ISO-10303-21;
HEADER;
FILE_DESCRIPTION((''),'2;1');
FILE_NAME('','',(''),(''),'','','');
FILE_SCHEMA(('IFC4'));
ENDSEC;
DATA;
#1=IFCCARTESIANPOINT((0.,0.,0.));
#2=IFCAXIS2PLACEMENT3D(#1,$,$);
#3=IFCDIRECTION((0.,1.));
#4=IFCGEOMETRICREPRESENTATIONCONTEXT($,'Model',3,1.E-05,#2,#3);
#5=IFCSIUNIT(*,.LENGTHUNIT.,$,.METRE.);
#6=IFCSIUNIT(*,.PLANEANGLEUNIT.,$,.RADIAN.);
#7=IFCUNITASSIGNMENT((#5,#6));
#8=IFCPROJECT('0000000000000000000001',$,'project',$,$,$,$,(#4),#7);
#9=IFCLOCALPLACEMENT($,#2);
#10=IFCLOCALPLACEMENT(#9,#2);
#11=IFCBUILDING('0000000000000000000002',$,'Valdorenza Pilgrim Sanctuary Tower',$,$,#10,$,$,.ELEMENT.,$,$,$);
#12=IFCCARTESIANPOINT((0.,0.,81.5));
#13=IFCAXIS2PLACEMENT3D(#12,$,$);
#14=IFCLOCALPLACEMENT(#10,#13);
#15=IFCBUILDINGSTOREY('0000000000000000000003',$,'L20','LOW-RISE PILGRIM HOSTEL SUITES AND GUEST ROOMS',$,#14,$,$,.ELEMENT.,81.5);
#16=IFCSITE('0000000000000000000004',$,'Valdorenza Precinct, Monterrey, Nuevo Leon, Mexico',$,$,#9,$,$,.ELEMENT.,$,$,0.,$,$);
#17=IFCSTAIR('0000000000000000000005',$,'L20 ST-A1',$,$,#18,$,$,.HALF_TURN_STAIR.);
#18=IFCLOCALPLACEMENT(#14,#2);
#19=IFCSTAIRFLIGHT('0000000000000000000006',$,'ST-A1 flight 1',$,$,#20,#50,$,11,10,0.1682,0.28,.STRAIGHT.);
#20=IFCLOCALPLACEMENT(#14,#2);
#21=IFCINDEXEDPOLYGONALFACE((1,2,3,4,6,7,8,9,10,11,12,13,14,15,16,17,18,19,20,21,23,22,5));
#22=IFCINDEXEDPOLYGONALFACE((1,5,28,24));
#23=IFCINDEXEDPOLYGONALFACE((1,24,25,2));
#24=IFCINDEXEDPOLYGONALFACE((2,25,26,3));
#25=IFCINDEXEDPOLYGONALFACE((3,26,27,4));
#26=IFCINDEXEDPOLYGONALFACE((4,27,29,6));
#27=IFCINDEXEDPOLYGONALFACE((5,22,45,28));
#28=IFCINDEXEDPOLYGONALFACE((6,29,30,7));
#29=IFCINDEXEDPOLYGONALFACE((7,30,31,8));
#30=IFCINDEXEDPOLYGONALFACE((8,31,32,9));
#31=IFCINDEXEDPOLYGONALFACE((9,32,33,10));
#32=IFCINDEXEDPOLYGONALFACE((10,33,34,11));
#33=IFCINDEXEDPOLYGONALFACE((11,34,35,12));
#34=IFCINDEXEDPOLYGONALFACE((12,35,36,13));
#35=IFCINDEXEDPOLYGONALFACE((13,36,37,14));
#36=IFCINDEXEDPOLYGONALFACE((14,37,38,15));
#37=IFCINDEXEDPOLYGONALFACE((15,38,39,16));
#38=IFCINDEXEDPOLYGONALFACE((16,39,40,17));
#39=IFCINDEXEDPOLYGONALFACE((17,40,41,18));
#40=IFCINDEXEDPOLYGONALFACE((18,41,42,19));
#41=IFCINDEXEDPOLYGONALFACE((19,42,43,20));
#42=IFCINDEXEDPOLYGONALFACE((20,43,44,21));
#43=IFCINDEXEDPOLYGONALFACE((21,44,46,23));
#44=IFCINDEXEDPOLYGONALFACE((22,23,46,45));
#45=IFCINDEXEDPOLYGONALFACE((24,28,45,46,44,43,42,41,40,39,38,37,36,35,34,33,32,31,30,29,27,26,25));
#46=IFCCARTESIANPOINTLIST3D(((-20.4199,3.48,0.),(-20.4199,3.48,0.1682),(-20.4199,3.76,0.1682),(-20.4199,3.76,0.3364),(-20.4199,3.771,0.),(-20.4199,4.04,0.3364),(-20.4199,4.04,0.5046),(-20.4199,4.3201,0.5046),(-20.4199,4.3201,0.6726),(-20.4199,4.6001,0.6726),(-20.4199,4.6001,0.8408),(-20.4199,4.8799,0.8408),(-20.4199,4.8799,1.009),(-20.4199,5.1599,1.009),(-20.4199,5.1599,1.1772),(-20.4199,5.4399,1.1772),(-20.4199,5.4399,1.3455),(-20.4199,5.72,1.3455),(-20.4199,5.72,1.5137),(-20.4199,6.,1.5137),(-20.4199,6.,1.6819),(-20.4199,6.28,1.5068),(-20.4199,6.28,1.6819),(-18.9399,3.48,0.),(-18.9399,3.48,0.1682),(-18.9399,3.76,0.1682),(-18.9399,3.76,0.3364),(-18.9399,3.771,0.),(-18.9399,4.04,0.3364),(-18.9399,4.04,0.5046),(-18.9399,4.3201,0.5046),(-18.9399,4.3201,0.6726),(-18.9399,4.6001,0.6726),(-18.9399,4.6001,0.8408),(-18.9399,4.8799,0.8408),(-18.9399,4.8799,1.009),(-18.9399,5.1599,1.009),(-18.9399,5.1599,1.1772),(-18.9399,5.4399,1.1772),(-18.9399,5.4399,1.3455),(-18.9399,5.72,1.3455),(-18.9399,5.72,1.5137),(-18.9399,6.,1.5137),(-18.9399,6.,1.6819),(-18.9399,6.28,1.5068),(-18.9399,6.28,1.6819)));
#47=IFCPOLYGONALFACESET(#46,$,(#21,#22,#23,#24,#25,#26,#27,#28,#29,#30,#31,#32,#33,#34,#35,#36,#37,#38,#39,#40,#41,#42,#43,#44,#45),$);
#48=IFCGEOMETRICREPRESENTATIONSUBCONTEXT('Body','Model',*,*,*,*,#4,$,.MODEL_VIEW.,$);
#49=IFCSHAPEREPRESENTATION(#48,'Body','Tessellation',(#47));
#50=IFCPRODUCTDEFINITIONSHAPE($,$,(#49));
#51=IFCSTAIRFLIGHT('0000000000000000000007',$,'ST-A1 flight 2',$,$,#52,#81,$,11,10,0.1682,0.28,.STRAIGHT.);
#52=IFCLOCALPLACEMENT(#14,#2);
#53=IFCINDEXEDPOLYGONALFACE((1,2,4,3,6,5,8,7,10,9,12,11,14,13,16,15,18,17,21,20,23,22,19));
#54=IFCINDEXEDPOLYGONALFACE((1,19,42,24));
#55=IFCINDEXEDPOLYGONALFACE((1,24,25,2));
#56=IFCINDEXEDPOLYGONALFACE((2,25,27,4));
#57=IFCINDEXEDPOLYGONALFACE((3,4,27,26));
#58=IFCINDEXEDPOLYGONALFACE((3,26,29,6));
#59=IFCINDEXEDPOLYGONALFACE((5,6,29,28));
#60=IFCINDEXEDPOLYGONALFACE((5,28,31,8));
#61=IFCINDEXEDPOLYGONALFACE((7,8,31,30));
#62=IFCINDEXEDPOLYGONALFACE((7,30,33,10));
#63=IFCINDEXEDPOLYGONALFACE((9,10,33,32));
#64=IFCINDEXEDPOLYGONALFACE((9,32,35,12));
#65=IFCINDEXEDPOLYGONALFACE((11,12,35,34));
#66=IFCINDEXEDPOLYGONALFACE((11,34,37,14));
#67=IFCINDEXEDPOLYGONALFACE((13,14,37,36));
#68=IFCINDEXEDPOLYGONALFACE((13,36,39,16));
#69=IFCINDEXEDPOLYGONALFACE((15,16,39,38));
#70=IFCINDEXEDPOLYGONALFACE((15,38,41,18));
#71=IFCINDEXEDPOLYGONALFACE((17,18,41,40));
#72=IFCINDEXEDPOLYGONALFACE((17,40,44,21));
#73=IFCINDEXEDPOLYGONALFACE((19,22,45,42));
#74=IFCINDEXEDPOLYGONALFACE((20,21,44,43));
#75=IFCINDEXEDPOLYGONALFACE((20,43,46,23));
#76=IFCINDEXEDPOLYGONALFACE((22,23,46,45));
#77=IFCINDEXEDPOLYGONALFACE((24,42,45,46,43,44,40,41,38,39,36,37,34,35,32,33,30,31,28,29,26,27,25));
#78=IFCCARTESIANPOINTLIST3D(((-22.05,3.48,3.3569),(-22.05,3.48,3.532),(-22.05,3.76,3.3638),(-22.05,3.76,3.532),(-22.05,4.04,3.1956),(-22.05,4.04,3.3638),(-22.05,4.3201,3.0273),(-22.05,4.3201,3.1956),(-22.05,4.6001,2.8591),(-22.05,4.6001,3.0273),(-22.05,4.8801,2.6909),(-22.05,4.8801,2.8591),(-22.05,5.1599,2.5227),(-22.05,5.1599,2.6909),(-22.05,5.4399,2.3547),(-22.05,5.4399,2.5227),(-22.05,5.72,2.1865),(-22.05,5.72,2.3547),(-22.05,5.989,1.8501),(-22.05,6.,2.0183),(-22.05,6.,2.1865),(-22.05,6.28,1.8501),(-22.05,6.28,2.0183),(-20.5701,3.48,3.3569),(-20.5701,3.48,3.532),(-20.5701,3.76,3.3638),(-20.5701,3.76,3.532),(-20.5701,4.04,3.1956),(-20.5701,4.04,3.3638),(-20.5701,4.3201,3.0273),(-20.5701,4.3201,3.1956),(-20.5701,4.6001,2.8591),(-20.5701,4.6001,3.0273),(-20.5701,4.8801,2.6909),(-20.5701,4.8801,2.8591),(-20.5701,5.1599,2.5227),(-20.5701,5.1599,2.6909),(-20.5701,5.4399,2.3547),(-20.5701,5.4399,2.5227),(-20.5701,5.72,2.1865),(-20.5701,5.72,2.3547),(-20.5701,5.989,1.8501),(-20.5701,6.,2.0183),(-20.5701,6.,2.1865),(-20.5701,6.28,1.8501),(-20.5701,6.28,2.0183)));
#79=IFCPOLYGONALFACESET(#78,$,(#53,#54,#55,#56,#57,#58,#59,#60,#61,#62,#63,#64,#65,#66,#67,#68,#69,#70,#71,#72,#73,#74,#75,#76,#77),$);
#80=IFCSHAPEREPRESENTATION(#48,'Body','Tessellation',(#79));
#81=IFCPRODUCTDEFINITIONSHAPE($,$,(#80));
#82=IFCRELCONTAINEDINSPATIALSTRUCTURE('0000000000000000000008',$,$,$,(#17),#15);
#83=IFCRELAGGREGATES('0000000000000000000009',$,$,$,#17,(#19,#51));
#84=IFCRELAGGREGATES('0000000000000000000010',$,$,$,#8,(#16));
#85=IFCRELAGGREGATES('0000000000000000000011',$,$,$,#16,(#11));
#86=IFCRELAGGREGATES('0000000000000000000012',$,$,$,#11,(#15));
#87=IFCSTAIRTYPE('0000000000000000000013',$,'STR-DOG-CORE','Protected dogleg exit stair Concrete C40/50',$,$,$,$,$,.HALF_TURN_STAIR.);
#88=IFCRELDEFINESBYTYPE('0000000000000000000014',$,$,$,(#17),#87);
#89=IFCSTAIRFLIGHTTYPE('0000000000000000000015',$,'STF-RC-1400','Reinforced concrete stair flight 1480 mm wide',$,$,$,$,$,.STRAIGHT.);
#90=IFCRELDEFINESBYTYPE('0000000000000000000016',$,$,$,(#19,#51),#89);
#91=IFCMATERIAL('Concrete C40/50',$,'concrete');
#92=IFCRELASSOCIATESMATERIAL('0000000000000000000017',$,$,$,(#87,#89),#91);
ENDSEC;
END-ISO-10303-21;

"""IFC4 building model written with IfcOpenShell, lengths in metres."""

from ifc_helpers import new_model, si_unit, direction, frame, origin, place, context, subcontext, project, spatial, polyline, outline, extrude, material, type_object, element, aggregate, save


model = new_model("IFC4")

# Units and contexts
model_context = context("Model", 3, precision=1e-05, world=origin(), true_north=direction((0.0, 1.0)))
body_context = subcontext(model_context, "Body", "Model", "MODEL_VIEW")
ifc_project = project(units=[si_unit("LENGTHUNIT", "METRE"), si_unit("PLANEANGLEUNIT", "RADIAN")], contexts=[model_context])

# Site, building, storey
site_placement = place(None, origin())
site = spatial("IfcSite", under=ifc_project, at=site_placement, Name="Valdorenza Precinct, Monterrey, Nuevo Leon, Mexico", CompositionType="ELEMENT", RefElevation=0.0)
building_placement = place(site_placement, origin())
building = spatial("IfcBuilding", under=site, at=building_placement, Name="Valdorenza Pilgrim Sanctuary Tower", CompositionType="ELEMENT")
storey_placement = place(building_placement, frame((0.0, 0.0, 81.5)))
storey = spatial("IfcBuildingStorey", under=building, at=storey_placement, Name="L20", Description="LOW-RISE PILGRIM HOSTEL SUITES AND GUEST ROOMS", CompositionType="ELEMENT", Elevation=81.5)

# Shared definitions
ifc_material_1 = material(Name="Concrete C40/50", Category="concrete")

# Stair, stair flights
stair_type = type_object("IfcStairType", Name="STR-DOG-CORE", Description="Protected dogleg exit stair Concrete C40/50", PredefinedType="HALF_TURN_STAIR", material=ifc_material_1)
stair_placement = place(storey_placement, origin())
stair = element("IfcStair", 1, at=stair_placement, inside=storey, type_object=stair_type, Name="L20 ST-A1", PredefinedType="HALF_TURN_STAIR")
stair_flight_type = type_object("IfcStairFlightType", Name="STF-RC-1400", Description="Reinforced concrete stair flight 1480 mm wide", PredefinedType="STRAIGHT", material=ifc_material_1)
stair_flight_1_placement = place(storey_placement, frame((-19.6799, 3.48, 0.0), z_axis=(0.0, 0.0, 1.0), x_axis=(0.0, 1.0, 0.0)))
stair_flight_1 = element("IfcStairFlight", 2, at=stair_flight_1_placement, type_object=stair_flight_type, Name="ST-A1 flight 1", NumberOfRisers=11, NumberOfTreads=10, PredefinedType="STRAIGHT", RiserHeight=0.1682, TreadLength=0.28, context=body_context, shape_type="SweptSolid", body=[
    extrude(outline(polyline([(0.0, 0.0), (0.0, 0.1682), (0.28, 0.1682), (0.28, 0.3364), (0.5601, 0.3364), (0.5601, 0.5046), (0.8401, 0.5046), (0.8401, 0.6726), (1.1201, 0.6726), (1.1201, 0.8408), (1.3999, 0.8408), (1.3999, 1.009), (1.6799, 1.009), (1.6799, 1.1772), (1.96, 1.1772), (1.96, 1.3455), (2.24, 1.3455), (2.24, 1.5137), (2.52, 1.5137), (2.52, 1.6819), (2.8, 1.6819), (2.8, 1.8501), (2.8, 1.5068), (0.291, 0.0), (0.0, 0.0)])), frame((0.0, 0.74, 0.0), z_axis=(0.0, -1.0, 0.0), x_axis=(1.0, 0.0, 0.0)), (0.0, 0.0, 1.0), 1.48),
])
stair_flight_2_placement = place(storey_placement, frame((-21.3101, 6.28, 1.8501), z_axis=(0.0, 0.0, 1.0), x_axis=(0.0, -1.0, 0.0)))
stair_flight_2 = element("IfcStairFlight", 3, at=stair_flight_2_placement, type_object=stair_flight_type, Name="ST-A1 flight 2", NumberOfRisers=11, NumberOfTreads=10, PredefinedType="STRAIGHT", RiserHeight=0.1682, TreadLength=0.28, context=body_context, shape_type="SweptSolid", body=[
    extrude(outline(polyline([(0.0, 0.0), (0.0, 0.1682), (0.28, 0.1682), (0.28, 0.3364), (0.5601, 0.3364), (0.5601, 0.5046), (0.8401, 0.5046), (0.8401, 0.6726), (1.1201, 0.6726), (1.1201, 0.8408), (1.3999, 0.8408), (1.3999, 1.009), (1.6799, 1.009), (1.6799, 1.1772), (1.96, 1.1772), (1.96, 1.3455), (2.24, 1.3455), (2.24, 1.5137), (2.52, 1.5137), (2.52, 1.6819), (2.8, 1.6819), (2.8, 1.8501), (2.8, 1.5068), (0.291, 0.0), (0.0, 0.0)])), frame((0.0, 0.74, 0.0), z_axis=(0.0, -1.0, 0.0), x_axis=(1.0, 0.0, 0.0)), (0.0, 0.0, 1.0), 1.48),
])
aggregate(stair, [stair_flight_1, stair_flight_2])

save(model, "model.ifc")
